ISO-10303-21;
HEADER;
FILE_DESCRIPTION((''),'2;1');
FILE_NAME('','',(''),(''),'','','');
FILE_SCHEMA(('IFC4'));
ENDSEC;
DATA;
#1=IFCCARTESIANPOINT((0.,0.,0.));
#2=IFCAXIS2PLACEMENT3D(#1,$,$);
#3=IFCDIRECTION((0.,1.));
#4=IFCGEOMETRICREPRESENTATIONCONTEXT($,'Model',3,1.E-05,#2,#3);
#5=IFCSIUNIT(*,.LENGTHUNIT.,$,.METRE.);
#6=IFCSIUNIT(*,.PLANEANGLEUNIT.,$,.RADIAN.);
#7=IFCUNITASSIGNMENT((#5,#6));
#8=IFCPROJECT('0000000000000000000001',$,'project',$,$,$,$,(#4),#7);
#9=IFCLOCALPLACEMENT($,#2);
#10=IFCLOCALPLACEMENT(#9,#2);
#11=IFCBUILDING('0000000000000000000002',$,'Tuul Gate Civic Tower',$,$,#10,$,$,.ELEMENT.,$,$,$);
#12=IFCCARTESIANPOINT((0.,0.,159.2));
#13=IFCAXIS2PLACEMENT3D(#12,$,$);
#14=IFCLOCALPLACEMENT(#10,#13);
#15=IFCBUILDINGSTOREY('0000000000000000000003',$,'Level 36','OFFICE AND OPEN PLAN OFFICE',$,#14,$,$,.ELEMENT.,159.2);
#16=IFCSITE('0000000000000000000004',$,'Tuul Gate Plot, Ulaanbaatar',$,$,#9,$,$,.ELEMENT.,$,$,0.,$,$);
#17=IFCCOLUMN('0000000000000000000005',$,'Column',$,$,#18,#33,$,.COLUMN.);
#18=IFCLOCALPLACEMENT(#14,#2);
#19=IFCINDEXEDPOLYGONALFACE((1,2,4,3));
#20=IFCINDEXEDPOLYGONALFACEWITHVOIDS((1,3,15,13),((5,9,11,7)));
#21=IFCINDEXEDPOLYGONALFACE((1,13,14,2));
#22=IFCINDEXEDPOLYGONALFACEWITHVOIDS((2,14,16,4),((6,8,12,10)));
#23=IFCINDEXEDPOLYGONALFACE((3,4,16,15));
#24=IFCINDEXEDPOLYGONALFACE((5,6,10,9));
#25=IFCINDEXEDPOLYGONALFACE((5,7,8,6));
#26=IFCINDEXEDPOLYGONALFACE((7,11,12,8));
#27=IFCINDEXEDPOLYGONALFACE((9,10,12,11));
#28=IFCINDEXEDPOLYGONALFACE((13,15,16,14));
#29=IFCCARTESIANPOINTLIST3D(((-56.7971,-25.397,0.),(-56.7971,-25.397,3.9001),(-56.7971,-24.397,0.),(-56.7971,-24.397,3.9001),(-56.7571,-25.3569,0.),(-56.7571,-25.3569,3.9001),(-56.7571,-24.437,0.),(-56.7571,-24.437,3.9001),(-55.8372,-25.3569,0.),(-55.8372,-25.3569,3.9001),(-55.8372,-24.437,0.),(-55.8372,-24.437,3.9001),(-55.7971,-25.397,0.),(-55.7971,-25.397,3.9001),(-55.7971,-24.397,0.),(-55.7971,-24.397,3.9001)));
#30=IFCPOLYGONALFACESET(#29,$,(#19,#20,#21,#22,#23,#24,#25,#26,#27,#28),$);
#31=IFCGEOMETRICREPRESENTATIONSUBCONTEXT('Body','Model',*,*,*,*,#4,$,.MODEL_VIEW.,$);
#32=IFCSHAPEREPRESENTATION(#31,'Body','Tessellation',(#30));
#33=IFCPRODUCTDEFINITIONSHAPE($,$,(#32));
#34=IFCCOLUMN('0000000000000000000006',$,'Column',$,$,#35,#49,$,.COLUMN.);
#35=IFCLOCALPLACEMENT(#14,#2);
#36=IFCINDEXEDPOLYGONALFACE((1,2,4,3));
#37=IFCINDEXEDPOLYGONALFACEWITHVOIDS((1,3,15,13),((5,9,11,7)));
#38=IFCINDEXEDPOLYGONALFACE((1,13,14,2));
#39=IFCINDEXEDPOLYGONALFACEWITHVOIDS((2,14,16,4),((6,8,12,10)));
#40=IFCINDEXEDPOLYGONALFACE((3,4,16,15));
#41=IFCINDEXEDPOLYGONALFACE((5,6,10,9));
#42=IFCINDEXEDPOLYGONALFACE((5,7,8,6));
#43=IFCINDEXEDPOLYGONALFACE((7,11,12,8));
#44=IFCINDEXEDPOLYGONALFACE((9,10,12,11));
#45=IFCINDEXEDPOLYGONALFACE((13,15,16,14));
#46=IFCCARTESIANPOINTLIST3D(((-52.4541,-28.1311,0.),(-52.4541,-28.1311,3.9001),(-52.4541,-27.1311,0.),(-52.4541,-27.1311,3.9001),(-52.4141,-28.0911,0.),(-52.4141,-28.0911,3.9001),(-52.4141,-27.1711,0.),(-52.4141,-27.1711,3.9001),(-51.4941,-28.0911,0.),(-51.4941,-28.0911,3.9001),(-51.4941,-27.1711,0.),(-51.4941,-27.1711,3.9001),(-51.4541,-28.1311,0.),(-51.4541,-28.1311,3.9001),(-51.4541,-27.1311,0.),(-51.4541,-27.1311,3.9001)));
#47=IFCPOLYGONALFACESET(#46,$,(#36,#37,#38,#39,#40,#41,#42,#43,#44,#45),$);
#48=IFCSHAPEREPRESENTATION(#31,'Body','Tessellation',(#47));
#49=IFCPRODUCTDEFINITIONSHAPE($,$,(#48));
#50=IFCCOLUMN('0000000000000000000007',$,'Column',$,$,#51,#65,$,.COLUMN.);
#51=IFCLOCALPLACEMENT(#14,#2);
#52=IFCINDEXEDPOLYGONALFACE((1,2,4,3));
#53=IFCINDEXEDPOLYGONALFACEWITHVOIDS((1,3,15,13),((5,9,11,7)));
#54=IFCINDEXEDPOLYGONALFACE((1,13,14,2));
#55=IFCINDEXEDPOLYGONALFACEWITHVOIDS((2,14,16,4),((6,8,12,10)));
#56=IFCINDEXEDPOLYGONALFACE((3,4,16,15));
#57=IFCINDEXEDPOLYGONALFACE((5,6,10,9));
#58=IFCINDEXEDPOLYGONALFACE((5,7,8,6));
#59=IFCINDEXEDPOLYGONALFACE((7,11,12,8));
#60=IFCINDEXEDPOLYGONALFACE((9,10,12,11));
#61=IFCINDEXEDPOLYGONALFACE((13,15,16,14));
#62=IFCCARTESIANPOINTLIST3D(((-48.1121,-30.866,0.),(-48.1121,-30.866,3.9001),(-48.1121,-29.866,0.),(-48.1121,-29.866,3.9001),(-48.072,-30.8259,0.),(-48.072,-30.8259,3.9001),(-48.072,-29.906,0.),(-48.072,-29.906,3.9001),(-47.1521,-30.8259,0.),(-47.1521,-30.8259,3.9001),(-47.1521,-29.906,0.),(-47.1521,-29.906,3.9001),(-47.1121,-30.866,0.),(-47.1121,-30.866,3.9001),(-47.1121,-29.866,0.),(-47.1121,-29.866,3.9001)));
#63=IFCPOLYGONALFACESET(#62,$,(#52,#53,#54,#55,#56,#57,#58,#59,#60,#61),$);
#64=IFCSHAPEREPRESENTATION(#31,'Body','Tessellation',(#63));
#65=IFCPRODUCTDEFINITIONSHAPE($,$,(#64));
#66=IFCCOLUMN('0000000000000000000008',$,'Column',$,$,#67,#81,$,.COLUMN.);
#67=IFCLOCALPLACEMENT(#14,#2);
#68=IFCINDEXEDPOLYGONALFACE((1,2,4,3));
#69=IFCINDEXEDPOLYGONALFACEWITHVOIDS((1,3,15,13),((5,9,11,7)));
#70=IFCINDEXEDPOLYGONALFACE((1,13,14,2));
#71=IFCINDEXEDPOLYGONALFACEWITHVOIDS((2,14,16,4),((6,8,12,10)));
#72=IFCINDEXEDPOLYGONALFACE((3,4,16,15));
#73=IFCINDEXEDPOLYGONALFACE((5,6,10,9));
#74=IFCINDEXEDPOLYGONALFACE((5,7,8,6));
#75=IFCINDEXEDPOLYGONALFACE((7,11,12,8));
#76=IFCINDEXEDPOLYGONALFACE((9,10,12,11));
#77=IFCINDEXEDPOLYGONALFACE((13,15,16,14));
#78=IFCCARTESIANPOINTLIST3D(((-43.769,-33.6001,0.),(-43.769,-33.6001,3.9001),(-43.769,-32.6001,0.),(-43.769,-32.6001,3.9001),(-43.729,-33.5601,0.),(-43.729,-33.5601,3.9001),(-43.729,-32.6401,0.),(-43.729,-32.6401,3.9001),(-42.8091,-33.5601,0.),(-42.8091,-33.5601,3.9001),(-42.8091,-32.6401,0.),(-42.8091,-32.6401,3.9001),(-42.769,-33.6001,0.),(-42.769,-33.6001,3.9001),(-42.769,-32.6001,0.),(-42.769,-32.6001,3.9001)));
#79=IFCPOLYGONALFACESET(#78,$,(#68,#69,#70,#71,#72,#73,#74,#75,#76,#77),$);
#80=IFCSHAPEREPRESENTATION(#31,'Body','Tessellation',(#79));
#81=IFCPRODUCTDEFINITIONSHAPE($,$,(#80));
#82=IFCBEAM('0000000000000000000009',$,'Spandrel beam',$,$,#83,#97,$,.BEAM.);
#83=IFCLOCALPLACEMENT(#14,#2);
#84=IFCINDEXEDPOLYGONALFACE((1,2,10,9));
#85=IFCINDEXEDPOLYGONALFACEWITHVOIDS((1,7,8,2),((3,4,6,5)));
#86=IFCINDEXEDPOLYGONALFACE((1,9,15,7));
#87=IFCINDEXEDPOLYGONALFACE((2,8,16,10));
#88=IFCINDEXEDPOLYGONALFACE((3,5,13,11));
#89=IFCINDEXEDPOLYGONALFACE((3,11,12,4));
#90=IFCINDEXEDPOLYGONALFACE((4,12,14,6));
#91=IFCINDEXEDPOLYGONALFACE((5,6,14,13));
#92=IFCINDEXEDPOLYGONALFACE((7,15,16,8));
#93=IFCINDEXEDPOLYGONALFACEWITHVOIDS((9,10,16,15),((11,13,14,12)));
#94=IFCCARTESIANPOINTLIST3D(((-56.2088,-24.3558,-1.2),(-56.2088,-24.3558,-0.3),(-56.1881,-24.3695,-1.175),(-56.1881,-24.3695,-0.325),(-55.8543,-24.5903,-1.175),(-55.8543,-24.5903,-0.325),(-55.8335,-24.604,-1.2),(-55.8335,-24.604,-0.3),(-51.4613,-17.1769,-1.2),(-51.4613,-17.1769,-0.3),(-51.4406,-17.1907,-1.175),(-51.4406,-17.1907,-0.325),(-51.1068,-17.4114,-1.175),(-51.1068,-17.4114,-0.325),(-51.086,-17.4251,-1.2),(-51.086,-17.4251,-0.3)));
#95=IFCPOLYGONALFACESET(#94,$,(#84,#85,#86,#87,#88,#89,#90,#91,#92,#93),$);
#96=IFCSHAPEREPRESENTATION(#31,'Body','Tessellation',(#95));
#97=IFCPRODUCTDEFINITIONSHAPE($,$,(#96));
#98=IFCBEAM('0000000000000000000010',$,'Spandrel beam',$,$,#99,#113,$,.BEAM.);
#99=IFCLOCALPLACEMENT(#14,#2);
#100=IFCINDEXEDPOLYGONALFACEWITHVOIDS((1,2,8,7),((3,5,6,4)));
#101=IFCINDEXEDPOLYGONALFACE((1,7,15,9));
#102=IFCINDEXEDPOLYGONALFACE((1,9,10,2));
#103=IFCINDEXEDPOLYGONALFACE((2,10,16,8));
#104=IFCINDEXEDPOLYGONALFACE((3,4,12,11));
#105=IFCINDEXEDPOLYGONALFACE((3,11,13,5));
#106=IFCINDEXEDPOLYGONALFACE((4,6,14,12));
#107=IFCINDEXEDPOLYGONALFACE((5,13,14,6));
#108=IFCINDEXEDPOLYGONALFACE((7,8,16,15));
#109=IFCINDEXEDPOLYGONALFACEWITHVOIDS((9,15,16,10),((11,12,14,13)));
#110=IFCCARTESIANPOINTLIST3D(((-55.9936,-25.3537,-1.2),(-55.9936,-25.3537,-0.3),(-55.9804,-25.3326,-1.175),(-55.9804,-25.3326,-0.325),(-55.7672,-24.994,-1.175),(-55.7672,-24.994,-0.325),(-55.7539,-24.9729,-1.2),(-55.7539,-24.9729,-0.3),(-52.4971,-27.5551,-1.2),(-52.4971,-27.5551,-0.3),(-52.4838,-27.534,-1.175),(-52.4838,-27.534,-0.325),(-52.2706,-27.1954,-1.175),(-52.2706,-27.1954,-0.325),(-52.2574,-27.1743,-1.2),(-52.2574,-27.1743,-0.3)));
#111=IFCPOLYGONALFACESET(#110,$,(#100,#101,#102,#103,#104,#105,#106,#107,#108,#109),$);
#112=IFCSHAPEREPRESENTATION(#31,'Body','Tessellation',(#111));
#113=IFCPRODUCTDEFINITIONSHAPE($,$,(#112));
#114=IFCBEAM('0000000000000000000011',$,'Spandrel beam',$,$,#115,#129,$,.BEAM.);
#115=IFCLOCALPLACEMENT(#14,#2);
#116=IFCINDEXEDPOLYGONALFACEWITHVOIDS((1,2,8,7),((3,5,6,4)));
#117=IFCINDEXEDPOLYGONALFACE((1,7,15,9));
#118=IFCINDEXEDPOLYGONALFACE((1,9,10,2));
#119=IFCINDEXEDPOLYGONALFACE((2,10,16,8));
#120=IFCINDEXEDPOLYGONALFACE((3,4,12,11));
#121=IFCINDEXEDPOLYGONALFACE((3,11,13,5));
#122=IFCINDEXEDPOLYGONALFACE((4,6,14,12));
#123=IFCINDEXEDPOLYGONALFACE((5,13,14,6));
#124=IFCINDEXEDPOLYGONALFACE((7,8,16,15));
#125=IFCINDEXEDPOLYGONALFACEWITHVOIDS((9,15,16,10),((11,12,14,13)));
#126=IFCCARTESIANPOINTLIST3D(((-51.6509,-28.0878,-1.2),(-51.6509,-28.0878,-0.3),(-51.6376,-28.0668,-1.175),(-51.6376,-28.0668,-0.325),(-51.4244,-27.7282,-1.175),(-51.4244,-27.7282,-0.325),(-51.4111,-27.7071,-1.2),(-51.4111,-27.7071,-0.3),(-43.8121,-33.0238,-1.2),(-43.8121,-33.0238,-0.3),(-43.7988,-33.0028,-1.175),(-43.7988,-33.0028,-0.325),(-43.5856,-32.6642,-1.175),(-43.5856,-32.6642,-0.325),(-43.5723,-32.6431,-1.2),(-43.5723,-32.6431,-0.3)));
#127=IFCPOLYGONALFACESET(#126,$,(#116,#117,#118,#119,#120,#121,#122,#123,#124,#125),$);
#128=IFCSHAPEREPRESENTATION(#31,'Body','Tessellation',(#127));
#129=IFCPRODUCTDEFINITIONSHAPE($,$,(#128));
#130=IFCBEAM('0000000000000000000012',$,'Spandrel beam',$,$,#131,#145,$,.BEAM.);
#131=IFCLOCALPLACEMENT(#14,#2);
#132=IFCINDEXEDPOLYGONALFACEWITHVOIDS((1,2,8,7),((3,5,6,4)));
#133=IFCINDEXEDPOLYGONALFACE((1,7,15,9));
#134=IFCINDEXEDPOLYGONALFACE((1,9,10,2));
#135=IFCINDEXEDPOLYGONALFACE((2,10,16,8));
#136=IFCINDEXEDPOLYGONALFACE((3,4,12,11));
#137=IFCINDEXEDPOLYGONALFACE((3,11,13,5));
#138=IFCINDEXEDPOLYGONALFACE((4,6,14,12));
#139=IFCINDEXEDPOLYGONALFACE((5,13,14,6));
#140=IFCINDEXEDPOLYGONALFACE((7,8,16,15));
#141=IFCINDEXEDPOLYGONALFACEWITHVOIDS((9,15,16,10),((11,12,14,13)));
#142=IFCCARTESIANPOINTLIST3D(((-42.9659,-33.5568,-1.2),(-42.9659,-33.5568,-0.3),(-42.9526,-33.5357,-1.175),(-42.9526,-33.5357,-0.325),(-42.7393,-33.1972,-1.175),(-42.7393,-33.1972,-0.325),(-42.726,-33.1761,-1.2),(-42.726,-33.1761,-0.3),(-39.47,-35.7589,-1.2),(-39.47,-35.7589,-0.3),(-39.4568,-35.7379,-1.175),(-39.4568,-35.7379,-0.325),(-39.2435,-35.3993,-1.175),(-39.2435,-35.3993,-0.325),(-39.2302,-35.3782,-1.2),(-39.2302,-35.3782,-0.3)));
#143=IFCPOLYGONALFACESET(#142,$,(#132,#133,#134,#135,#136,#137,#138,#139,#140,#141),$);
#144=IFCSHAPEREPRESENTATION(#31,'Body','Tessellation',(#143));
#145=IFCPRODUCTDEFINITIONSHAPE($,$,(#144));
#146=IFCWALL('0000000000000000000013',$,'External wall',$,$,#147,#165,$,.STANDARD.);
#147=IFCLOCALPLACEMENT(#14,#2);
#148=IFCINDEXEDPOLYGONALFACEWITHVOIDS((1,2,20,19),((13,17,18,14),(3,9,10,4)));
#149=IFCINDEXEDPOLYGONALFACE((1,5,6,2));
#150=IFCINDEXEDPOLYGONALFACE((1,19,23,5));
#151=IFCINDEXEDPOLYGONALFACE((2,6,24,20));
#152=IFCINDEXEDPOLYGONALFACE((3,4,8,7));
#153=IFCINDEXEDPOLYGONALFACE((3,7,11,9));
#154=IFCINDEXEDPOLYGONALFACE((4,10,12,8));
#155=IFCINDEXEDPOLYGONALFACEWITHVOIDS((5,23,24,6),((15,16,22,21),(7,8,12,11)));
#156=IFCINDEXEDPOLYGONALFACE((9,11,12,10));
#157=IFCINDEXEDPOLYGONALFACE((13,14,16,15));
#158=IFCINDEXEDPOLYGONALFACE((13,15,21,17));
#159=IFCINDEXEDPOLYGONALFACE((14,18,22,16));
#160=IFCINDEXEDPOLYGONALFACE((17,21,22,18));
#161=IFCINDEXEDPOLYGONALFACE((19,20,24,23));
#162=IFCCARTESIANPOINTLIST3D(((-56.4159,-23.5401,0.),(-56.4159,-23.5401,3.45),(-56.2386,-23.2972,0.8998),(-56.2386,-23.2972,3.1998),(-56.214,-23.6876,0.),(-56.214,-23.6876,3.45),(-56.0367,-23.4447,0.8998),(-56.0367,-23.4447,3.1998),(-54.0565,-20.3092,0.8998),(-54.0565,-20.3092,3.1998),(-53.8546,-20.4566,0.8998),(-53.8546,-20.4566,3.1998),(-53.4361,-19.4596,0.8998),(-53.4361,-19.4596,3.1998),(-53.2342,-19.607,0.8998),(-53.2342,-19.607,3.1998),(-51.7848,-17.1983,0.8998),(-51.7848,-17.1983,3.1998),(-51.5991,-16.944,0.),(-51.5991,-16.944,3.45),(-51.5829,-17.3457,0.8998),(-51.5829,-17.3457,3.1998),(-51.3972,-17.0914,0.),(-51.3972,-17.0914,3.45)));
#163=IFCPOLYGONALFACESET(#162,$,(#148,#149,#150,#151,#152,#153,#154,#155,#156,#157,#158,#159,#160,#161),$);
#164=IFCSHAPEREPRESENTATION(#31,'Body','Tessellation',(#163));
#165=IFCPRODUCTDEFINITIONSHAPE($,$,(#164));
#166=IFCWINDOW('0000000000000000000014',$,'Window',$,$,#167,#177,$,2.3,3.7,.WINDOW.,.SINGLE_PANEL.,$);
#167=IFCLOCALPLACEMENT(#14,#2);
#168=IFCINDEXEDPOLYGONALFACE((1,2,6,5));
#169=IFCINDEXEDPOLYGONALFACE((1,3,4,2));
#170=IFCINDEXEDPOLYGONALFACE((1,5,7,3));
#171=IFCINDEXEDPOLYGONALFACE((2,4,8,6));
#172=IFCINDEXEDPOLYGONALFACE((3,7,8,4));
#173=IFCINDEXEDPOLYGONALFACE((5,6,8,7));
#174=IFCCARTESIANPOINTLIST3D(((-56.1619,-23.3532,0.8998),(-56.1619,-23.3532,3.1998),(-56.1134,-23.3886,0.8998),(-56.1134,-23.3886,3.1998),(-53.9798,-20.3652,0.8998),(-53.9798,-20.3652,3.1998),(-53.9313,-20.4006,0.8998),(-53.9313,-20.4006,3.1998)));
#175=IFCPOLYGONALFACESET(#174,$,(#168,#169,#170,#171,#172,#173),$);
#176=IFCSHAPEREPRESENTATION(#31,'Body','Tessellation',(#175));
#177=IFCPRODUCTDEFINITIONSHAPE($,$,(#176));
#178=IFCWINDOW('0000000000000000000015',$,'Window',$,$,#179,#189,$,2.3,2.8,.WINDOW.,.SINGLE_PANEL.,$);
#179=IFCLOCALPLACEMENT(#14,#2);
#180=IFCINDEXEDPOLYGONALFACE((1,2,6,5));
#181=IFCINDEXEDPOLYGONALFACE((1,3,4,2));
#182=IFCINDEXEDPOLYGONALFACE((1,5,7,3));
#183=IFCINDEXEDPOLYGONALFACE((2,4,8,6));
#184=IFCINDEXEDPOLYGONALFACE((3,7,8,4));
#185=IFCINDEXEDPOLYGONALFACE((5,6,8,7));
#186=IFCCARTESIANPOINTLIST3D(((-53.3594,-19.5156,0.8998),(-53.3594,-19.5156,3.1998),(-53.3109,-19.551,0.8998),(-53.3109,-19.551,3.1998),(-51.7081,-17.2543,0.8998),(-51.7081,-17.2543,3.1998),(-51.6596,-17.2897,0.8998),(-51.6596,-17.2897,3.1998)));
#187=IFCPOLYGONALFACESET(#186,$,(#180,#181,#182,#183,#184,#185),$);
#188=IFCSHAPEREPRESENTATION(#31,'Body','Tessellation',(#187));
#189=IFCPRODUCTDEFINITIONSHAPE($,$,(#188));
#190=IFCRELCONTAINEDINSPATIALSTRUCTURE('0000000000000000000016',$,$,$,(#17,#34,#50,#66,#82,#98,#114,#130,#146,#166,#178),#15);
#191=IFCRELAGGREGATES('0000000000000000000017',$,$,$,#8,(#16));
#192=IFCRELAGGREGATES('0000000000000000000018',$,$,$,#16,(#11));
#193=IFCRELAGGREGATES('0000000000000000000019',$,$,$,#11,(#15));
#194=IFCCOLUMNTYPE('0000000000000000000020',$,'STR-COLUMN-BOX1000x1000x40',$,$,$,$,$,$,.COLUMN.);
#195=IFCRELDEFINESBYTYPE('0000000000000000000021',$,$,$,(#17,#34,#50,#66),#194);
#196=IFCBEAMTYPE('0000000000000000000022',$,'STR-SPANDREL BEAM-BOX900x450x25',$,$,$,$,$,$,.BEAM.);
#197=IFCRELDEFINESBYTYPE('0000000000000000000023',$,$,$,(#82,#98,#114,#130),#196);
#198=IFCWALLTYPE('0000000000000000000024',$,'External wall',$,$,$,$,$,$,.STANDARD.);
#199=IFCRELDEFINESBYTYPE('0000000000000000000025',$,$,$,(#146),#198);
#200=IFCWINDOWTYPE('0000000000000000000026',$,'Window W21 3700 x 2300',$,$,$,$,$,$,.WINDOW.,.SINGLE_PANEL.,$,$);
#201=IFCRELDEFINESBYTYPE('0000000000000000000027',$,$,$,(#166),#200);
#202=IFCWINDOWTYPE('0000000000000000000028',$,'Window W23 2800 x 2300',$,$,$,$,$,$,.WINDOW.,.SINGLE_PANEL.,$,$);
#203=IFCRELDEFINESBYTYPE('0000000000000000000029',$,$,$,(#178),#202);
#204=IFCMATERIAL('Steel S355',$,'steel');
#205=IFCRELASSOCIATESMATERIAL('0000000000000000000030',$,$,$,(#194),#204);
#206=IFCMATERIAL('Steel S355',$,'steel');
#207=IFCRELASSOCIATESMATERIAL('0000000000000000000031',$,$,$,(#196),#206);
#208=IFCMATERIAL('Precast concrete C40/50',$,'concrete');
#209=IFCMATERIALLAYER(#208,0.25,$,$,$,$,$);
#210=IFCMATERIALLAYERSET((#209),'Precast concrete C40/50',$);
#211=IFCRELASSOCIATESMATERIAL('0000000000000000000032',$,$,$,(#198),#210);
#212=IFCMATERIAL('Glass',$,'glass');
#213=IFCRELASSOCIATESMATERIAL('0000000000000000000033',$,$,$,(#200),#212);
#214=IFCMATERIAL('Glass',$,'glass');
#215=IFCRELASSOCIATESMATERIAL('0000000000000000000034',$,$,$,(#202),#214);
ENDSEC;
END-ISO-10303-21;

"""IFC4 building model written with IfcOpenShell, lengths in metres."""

from ifc_helpers import new_model, si_unit, direction, frame, frame_2d, origin, origin_2d, place, context, subcontext, project, spatial, rectangle, hollow_rectangle, extrude, material, layer, layer_set, material_profile, profile_set, type_object, element, fill, save


model = new_model("IFC4")

# Units and contexts
model_context = context("Model", 3, precision=1e-05, world=origin(), true_north=direction((0.0, 1.0)))
body_context = subcontext(model_context, "Body", "Model", "MODEL_VIEW")
ifc_project = project(units=[si_unit("LENGTHUNIT", "METRE"), si_unit("PLANEANGLEUNIT", "RADIAN")], contexts=[model_context])

# Site, building, storey
site_placement = place(None, origin())
site = spatial("IfcSite", under=ifc_project, at=site_placement, Name="Tuul Gate Plot, Ulaanbaatar", CompositionType="ELEMENT", RefElevation=0.0)
building_placement = place(site_placement, origin())
building = spatial("IfcBuilding", under=site, at=building_placement, Name="Tuul Gate Civic Tower", CompositionType="ELEMENT")
storey_placement = place(building_placement, frame((0.0, 0.0, 159.2)))
storey = spatial("IfcBuildingStorey", under=building, at=storey_placement, Name="Level 36", Description="OFFICE AND OPEN PLAN OFFICE", CompositionType="ELEMENT", Elevation=159.2)

# Columns
ifc_material_1 = material(Name="Steel S355", Category="steel")
ifc_material_profile_1 = material_profile(ifc_material_1, hollow_rectangle(XDim=1.0, YDim=1.0, WallThickness=0.04, at=origin_2d()), Name="BOX1000x1000x40")
ifc_profile_set_1 = profile_set([ifc_material_profile_1], Name="Steel S355")
column_type = type_object("IfcColumnType", Name="STR-COLUMN-BOX1000x1000x40", PredefinedType="COLUMN", material=ifc_profile_set_1)
for number, where, z_axis, x_axis, name in (
    (1, (-56.2971, -24.897, 0.0), (0.0, 0.0, 1.0), (1.0, 0.0, 0.0), "Column"),
    (2, (-51.9541, -27.6311, 0.0), (0.0, 0.0, 1.0), (1.0, 0.0, 0.0), "Column"),
    (3, (-47.6121, -30.366, 0.0), (0.0, 0.0, 1.0), (1.0, 0.0, 0.0), "Column"),
    (4, (-43.269, -33.1001, 0.0), (0.0, 0.0, 1.0), (1.0, 0.0, 0.0), "Column"),
):
    element("IfcColumn", number, at=place(storey_placement, frame(where, z_axis=z_axis, x_axis=x_axis)), inside=storey, type_object=column_type, Name=name, PredefinedType="COLUMN", context=body_context, shape_type="SweptSolid", body=[
        extrude(hollow_rectangle(XDim=1.0, YDim=1.0, WallThickness=0.04, at=origin_2d()), origin(), (0.0, 0.0, 1.0), 3.9001),
    ])

# Beams
ifc_material_2 = material(Name="Steel S355", Category="steel")
ifc_material_profile_2 = material_profile(ifc_material_2, hollow_rectangle(XDim=0.45, YDim=0.8999, WallThickness=0.0249, at=origin_2d()), Name="BOX900x450x25")
ifc_profile_set_2 = profile_set([ifc_material_profile_2], Name="Steel S355")
beam_type = type_object("IfcBeamType", Name="STR-SPANDREL BEAM-BOX900x450x25", PredefinedType="BEAM", material=ifc_profile_set_2)
beam_1_placement = place(storey_placement, frame((-51.2737, -17.301, -0.75), z_axis=(-0.551607, -0.834104, 0.0), x_axis=(0.834104, -0.551607, 0.0)))
element("IfcBeam", 5, at=beam_1_placement, inside=storey, type_object=beam_type, Name="Spandrel beam", PredefinedType="BEAM", context=body_context, shape_type="SweptSolid", body=[
    extrude(hollow_rectangle(XDim=0.45, YDim=0.8999, WallThickness=0.0249, at=origin_2d()), origin(), (0.0, 0.0, 1.0), 8.6067),
])
beam_2_placement = place(storey_placement, frame((-55.8738, -25.1633, -0.75), z_axis=(0.846248, -0.53279, 0.0), x_axis=(0.53279, 0.846248, 0.0)))
element("IfcBeam", 6, at=beam_2_placement, inside=storey, type_object=beam_type, Name="Spandrel beam", PredefinedType="BEAM", context=body_context, shape_type="SweptSolid", body=[
    extrude(hollow_rectangle(XDim=0.45, YDim=0.8999, WallThickness=0.0249, at=origin_2d()), origin(), (0.0, 0.0, 1.0), 4.1318),
])
beam_3_placement = place(storey_placement, frame((-51.531, -27.8975, -0.75), z_axis=(0.846211, -0.532848, 0.0), x_axis=(0.532848, 0.846211, 0.0)))
element("IfcBeam", 7, at=beam_3_placement, inside=storey, type_object=beam_type, Name="Spandrel beam", PredefinedType="BEAM", context=body_context, shape_type="SweptSolid", body=[
    extrude(hollow_rectangle(XDim=0.45, YDim=0.8999, WallThickness=0.0249, at=origin_2d()), origin(), (0.0, 0.0, 1.0), 9.2634),
])
beam_4_placement = place(storey_placement, frame((-42.8459, -33.3665, -0.75), z_axis=(0.846117, -0.532997, 0.0), x_axis=(0.532997, 0.846117, 0.0)))
element("IfcBeam", 8, at=beam_4_placement, inside=storey, type_object=beam_type, Name="Spandrel beam", PredefinedType="BEAM", context=body_context, shape_type="SweptSolid", body=[
    extrude(hollow_rectangle(XDim=0.45, YDim=0.8999, WallThickness=0.0249, at=origin_2d()), origin(), (0.0, 0.0, 1.0), 4.1316),
])

# Wall, openings, windows
ifc_material_3 = material(Name="Precast concrete C40/50", Category="concrete")
ifc_layer = layer(ifc_material_3, 0.25)
ifc_layer_set = layer_set([ifc_layer], Name="Precast concrete C40/50")
wall_type = type_object("IfcWallType", Name="External wall", PredefinedType="STANDARD", material=ifc_layer_set)
wall_1_placement = place(storey_placement, frame((-51.498, -17.0176, 0.0), z_axis=(0.0, 0.0, 1.0), x_axis=(-0.589745, -0.807589, 0.0)))
wall_1 = element("IfcWall", 9, at=wall_1_placement, inside=storey, type_object=wall_type, Name="External wall", PredefinedType="STANDARD", context=body_context, shape_type="SweptSolid", body=[
    extrude(rectangle(XDim=8.1677, YDim=0.25, at=frame_2d((4.084, 0.0))), origin(), (0.0, 0.0, 1.0), 3.45),
])
opening_1_placement = place(wall_1_placement, frame((0.3152, 0.0, 0.8999)))
opening_1 = element("IfcOpeningElement", 10, at=opening_1_placement, cuts=wall_1, PredefinedType="OPENING", context=body_context, shape_type="SweptSolid", body=[
    extrude(rectangle(XDim=2.8, YDim=2.3, at=frame_2d((1.3999, 1.1499))), frame((0.0, 0.135, 0.0), z_axis=(0.0, -1.0, 0.0), x_axis=(1.0, 0.0, 0.0)), (0.0, 0.0, 1.0), 0.27),
])
opening_2_placement = place(wall_1_placement, frame((4.167, 0.0, 0.8999)))
opening_2 = element("IfcOpeningElement", 11, at=opening_2_placement, cuts=wall_1, PredefinedType="OPENING", context=body_context, shape_type="SweptSolid", body=[
    extrude(rectangle(XDim=3.7, YDim=2.3, at=frame_2d((1.8501, 1.1499))), frame((0.0, 0.135, 0.0), z_axis=(0.0, -1.0, 0.0), x_axis=(1.0, 0.0, 0.0)), (0.0, 0.0, 1.0), 0.27),
])
ifc_material_4 = material(Name="Glass", Category="glass")
window_type_1 = type_object("IfcWindowType", Name="Window W21 3700 x 2300", PartitioningType="SINGLE_PANEL", PredefinedType="WINDOW", material=ifc_material_4)
window_1_placement = place(opening_2_placement, origin())
window_1 = element("IfcWindow", 12, at=window_1_placement, inside=storey, type_object=window_type_1, Name="Window", OverallHeight=2.3, OverallWidth=3.7, PartitioningType="SINGLE_PANEL", PredefinedType="WINDOW", context=body_context, shape_type="SweptSolid", body=[
    extrude(rectangle(XDim=3.7, YDim=2.3, at=frame_2d((1.8501, 1.1499))), frame((0.0, 0.03, 0.0), z_axis=(0.0, -1.0, 0.0), x_axis=(1.0, 0.0, 0.0)), (0.0, 0.0, 1.0), 0.0601),
])
fill(opening_2, window_1)
ifc_material_5 = material(Name="Glass", Category="glass")
window_type_2 = type_object("IfcWindowType", Name="Window W23 2800 x 2300", PartitioningType="SINGLE_PANEL", PredefinedType="WINDOW", material=ifc_material_5)
window_2_placement = place(opening_1_placement, origin())
window_2 = element("IfcWindow", 13, at=window_2_placement, inside=storey, type_object=window_type_2, Name="Window", OverallHeight=2.3, OverallWidth=2.8, PartitioningType="SINGLE_PANEL", PredefinedType="WINDOW", context=body_context, shape_type="SweptSolid", body=[
    extrude(rectangle(XDim=2.8, YDim=2.3, at=frame_2d((1.3999, 1.1499))), frame((0.0, 0.03, 0.0), z_axis=(0.0, -1.0, 0.0), x_axis=(1.0, 0.0, 0.0)), (0.0, 0.0, 1.0), 0.0601),
])
fill(opening_1, window_2)

save(model, "model.ifc")
